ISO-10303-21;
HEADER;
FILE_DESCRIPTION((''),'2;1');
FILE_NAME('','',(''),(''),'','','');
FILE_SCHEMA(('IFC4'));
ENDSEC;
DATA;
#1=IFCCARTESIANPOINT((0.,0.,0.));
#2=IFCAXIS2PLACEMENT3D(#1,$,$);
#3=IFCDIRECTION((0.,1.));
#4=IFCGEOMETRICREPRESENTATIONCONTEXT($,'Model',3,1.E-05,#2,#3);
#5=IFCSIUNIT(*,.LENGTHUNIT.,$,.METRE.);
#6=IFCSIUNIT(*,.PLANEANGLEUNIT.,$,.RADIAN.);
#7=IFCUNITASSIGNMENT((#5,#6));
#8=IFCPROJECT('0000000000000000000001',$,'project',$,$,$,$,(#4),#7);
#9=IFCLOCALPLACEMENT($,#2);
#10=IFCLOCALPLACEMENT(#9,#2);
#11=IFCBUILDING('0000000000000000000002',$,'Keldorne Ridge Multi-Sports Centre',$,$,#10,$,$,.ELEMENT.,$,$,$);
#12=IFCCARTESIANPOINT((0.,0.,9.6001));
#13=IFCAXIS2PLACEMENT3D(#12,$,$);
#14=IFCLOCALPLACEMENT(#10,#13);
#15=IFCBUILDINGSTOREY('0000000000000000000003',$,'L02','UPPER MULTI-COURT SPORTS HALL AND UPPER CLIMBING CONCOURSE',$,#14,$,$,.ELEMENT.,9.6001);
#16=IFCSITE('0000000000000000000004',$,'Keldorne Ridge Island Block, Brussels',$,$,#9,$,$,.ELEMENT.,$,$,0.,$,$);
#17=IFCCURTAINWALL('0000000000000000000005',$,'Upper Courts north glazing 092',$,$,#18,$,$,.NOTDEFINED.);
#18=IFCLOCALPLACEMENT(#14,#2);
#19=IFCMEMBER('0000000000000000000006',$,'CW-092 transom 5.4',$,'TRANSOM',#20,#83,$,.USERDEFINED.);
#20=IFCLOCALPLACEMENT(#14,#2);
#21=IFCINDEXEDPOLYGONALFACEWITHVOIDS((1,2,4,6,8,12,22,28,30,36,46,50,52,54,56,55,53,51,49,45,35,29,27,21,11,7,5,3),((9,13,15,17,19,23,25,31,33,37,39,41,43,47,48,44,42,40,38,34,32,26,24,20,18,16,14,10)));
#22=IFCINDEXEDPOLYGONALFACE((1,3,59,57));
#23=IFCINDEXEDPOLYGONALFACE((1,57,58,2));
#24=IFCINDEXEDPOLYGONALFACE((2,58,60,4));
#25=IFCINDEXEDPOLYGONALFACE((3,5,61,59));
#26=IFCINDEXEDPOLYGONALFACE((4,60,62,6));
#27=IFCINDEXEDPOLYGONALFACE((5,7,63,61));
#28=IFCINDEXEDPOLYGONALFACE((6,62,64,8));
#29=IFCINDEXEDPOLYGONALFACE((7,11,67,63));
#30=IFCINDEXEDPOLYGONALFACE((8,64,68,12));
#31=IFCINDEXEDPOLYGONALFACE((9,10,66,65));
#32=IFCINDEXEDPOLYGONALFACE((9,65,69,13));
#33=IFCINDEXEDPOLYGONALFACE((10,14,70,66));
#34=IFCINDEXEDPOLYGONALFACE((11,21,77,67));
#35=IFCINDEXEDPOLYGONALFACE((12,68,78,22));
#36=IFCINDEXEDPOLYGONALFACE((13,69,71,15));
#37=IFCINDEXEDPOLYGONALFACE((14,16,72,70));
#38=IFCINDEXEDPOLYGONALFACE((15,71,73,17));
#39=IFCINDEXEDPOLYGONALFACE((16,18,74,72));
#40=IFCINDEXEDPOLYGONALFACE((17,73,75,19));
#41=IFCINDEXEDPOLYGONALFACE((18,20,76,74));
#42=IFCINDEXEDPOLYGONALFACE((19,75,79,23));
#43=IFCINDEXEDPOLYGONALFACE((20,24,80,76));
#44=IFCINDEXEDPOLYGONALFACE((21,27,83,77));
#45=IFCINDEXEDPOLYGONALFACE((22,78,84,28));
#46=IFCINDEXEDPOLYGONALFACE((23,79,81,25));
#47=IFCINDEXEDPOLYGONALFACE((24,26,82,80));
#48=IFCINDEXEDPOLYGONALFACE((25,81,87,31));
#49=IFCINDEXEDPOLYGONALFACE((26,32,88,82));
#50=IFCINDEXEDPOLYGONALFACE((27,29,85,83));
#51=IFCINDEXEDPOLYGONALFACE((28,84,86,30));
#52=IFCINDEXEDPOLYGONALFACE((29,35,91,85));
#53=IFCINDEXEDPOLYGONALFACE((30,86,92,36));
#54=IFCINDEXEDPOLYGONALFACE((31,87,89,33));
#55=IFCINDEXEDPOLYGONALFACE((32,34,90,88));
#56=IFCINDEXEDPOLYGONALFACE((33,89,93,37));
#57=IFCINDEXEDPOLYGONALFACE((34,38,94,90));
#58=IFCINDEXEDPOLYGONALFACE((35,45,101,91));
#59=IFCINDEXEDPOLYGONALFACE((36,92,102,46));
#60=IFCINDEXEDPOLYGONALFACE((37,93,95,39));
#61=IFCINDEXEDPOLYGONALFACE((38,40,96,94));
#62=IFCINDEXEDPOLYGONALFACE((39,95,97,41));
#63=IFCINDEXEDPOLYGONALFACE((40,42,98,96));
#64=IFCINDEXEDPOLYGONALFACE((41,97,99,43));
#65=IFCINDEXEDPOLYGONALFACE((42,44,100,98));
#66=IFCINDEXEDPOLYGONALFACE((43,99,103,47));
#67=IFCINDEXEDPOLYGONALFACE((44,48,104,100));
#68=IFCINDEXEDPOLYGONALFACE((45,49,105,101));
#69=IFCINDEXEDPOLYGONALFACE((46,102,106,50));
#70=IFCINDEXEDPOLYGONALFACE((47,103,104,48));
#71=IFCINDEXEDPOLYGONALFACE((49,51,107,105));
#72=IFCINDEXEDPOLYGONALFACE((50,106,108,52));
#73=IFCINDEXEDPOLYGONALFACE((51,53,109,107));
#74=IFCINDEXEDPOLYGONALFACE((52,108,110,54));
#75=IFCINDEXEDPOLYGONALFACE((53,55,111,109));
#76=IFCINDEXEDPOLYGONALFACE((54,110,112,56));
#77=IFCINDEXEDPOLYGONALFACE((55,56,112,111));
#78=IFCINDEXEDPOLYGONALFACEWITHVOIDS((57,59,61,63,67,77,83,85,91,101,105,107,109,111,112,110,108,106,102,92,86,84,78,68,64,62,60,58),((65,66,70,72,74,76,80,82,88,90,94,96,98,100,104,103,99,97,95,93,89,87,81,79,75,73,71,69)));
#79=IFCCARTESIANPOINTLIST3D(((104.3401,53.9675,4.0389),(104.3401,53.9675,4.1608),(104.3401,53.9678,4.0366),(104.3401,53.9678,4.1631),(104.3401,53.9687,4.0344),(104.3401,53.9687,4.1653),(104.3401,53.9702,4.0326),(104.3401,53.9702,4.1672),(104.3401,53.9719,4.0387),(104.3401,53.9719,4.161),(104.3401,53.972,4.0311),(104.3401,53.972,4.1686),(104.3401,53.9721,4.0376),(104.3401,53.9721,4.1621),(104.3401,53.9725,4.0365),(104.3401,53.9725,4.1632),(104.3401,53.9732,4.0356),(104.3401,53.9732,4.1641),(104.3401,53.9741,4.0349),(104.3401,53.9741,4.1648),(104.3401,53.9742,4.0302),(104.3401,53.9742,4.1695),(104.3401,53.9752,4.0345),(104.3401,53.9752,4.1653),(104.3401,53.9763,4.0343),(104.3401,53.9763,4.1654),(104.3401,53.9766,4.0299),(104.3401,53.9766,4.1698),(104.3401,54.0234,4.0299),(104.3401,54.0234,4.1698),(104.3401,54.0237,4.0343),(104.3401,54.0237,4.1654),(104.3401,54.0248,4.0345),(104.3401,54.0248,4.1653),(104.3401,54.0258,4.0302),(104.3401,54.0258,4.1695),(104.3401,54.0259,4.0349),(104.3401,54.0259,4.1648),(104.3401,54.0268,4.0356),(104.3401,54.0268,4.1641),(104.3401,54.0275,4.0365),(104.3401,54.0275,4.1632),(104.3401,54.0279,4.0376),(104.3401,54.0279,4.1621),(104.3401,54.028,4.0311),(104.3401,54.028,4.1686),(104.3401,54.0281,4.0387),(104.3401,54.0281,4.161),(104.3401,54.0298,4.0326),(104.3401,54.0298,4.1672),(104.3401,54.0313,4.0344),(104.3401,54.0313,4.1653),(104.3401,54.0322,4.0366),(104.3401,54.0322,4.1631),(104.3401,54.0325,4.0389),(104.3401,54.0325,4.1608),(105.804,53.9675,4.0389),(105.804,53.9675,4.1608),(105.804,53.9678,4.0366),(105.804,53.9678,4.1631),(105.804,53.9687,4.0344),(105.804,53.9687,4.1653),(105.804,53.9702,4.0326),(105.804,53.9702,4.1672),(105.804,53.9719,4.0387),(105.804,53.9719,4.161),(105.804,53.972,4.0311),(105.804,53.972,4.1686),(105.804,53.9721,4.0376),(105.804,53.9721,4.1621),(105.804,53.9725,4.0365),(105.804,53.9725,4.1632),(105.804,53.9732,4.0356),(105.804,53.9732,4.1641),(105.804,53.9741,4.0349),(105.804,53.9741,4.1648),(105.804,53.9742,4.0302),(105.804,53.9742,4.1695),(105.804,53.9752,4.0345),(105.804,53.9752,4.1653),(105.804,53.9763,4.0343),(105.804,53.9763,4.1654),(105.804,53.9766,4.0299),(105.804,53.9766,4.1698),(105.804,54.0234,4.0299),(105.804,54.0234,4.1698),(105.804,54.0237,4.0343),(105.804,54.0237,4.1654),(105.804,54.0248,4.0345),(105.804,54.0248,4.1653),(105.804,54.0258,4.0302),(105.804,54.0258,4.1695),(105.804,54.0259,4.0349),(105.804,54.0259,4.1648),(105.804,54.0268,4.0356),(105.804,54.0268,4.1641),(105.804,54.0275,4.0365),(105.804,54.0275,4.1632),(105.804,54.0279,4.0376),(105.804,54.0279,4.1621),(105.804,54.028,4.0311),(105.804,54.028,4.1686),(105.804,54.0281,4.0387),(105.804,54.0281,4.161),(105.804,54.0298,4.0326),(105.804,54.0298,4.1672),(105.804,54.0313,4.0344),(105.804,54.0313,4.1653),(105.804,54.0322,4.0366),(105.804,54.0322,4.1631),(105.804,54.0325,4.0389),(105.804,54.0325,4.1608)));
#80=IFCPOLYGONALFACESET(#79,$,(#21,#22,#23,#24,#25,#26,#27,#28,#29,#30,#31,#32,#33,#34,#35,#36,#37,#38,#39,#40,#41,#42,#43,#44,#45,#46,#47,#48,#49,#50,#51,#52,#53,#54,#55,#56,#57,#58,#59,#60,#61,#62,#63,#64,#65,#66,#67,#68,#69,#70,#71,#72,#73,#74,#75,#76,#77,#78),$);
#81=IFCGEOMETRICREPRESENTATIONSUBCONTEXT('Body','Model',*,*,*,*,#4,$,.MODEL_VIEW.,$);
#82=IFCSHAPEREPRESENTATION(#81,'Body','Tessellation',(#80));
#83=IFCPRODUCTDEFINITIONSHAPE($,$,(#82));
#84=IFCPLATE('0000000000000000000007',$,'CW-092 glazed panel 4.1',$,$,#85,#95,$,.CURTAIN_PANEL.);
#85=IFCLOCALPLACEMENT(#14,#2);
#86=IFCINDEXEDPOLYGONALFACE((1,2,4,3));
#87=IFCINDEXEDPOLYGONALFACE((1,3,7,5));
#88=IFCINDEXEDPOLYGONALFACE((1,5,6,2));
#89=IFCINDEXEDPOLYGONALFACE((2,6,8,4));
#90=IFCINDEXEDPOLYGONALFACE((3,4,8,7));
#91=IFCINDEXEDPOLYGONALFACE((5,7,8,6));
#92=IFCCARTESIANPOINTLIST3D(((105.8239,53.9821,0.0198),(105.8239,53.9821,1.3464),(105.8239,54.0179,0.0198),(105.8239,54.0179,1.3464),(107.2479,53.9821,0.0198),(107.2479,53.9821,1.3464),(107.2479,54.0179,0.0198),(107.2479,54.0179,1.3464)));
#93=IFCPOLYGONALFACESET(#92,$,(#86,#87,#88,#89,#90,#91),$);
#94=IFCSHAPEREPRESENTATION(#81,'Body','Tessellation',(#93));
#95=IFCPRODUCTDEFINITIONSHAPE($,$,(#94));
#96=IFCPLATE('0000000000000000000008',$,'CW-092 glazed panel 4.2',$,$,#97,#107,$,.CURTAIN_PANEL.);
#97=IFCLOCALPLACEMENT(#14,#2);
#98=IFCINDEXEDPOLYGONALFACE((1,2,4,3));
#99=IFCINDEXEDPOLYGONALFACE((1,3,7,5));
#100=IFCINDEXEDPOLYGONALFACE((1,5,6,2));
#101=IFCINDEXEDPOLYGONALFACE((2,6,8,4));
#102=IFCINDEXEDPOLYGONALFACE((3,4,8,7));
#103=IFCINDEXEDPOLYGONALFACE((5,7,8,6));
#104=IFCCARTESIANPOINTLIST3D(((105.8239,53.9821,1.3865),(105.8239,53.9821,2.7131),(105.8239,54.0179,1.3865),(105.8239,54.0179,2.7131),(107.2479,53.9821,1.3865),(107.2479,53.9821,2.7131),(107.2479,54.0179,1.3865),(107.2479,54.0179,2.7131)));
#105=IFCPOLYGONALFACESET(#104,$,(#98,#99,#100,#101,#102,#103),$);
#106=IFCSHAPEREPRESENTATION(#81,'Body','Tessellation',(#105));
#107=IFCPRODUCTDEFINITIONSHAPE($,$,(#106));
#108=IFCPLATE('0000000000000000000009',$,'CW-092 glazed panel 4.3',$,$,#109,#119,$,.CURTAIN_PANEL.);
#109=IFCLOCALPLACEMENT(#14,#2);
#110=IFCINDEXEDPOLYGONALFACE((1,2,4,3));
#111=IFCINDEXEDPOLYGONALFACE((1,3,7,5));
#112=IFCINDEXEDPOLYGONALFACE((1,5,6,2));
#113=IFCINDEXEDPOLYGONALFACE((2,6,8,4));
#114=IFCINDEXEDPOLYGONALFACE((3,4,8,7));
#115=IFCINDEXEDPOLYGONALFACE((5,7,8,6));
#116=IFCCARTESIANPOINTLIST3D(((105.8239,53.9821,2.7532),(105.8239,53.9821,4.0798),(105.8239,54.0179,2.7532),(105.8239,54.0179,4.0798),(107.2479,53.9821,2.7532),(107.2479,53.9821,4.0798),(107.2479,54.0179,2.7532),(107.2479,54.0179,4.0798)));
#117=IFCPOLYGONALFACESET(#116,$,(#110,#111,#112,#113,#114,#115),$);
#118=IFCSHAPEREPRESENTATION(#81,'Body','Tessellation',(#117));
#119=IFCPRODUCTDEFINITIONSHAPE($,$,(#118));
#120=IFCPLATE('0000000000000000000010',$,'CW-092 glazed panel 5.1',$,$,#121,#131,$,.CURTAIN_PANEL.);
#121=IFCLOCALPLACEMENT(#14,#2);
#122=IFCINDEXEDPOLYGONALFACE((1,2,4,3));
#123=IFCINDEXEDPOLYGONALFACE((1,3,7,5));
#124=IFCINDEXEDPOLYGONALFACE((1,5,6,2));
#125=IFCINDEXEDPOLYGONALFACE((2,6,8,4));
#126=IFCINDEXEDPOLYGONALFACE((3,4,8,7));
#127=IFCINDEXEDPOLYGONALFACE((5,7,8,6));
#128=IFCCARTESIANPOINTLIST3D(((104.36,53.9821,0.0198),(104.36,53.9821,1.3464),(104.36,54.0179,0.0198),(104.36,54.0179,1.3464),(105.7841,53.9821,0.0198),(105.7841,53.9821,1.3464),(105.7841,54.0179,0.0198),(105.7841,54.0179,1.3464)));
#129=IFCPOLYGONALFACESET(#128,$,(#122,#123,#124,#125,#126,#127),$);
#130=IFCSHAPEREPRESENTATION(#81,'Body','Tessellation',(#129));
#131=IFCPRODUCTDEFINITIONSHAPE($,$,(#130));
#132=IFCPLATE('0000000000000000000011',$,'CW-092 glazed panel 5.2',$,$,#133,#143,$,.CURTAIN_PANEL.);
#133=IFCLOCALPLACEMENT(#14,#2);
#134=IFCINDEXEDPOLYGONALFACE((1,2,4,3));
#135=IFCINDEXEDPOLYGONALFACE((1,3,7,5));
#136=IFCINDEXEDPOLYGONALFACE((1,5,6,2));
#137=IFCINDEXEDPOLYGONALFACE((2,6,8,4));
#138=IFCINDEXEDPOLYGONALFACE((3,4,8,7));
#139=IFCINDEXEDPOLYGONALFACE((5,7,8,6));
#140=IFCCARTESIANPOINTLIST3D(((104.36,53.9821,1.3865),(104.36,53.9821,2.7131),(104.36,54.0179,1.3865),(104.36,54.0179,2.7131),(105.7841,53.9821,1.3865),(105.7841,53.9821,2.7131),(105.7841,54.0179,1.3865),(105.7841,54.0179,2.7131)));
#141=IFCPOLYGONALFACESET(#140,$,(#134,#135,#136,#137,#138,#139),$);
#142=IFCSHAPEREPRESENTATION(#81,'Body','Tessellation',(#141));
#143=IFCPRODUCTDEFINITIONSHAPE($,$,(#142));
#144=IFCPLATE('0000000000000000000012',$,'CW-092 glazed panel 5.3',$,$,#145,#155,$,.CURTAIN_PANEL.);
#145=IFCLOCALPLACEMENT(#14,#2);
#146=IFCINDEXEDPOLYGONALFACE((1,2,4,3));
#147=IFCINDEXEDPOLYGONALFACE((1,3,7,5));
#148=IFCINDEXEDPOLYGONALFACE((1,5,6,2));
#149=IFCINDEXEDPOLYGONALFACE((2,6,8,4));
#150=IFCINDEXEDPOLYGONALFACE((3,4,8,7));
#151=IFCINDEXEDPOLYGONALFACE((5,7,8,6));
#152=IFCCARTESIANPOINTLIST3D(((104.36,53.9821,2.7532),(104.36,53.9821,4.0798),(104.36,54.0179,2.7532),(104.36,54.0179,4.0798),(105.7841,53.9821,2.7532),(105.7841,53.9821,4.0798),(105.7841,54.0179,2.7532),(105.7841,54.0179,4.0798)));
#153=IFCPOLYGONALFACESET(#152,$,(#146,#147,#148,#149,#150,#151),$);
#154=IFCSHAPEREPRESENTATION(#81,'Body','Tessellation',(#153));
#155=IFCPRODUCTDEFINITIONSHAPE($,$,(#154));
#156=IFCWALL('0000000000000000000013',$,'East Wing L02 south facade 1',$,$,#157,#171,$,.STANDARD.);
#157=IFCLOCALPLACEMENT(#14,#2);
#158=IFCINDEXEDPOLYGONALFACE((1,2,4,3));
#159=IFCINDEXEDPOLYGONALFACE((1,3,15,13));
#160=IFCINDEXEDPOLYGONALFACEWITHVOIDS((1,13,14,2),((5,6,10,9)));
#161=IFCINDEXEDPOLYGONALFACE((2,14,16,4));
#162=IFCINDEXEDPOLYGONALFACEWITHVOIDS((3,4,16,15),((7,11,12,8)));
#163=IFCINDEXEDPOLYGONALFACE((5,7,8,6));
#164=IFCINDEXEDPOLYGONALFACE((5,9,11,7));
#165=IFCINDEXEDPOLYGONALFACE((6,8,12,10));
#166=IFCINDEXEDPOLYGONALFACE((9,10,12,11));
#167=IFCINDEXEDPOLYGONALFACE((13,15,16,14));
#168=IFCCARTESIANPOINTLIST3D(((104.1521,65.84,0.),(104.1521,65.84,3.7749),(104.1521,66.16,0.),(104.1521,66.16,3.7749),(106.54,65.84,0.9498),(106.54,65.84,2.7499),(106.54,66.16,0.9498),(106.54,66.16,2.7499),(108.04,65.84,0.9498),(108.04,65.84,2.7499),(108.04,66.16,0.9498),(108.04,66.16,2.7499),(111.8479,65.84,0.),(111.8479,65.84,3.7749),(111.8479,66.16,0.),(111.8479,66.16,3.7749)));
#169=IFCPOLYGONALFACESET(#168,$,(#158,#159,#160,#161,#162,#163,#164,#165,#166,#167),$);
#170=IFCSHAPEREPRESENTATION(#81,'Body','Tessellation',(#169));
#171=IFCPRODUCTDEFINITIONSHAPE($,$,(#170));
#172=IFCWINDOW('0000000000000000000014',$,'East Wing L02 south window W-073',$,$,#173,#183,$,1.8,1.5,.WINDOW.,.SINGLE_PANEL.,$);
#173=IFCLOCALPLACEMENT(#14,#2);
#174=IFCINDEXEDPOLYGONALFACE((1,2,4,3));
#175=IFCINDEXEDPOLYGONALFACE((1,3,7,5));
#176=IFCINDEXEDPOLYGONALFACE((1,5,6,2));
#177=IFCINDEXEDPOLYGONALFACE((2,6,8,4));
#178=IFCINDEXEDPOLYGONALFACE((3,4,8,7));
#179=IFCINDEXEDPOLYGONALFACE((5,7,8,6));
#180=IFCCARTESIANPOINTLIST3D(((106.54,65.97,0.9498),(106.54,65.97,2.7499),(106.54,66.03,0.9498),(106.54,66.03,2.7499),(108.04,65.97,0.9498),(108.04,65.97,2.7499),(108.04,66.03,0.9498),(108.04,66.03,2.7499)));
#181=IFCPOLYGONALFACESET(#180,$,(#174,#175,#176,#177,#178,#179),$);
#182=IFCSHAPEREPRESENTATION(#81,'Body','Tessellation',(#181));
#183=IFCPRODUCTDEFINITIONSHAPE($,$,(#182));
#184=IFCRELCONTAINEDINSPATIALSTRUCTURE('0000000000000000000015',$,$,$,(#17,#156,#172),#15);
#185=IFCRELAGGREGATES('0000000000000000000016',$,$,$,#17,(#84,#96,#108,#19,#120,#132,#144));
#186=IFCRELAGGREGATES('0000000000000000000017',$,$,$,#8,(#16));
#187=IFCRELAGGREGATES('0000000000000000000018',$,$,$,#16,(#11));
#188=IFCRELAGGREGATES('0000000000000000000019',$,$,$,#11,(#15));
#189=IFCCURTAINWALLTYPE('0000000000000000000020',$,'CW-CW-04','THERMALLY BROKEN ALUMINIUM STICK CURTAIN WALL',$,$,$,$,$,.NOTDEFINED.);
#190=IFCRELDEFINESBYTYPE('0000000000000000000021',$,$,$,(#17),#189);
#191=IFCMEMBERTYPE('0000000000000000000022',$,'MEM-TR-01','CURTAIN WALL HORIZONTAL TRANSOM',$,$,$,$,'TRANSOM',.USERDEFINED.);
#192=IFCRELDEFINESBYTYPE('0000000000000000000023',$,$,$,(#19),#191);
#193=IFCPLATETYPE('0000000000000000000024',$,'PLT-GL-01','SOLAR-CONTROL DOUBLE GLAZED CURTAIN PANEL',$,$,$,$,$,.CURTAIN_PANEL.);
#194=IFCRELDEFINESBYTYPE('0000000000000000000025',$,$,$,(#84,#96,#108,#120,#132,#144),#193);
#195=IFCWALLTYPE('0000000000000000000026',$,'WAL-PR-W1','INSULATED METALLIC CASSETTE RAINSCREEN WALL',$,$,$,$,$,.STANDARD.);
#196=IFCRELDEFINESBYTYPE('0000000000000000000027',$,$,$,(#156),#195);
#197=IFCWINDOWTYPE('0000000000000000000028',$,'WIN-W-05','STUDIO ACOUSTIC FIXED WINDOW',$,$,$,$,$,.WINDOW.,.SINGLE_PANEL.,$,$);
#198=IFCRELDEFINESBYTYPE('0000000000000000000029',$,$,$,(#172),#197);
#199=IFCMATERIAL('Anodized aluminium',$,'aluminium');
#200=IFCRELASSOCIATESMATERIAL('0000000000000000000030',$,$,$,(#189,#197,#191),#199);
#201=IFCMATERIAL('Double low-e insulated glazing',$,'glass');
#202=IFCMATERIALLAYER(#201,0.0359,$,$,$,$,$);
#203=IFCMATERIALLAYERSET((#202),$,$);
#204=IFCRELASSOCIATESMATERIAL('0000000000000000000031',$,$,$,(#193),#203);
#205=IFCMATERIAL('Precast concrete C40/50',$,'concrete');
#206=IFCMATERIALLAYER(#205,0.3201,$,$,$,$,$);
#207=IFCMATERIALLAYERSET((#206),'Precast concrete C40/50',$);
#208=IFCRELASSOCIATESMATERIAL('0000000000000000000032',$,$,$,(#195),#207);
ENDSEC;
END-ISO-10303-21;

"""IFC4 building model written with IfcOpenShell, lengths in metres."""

from ifc_helpers import new_model, si_unit, direction, frame, frame_2d, origin, origin_2d, place, context, subcontext, project, spatial, rectangle, hollow_rectangle, extrude, material, layer, layer_set, material_profile, profile_set, type_object, element, fill, aggregate, save


model = new_model("IFC4")

# Units and contexts
model_context = context("Model", 3, precision=1e-05, world=origin(), true_north=direction((0.0, 1.0)))
body_context = subcontext(model_context, "Body", "Model", "MODEL_VIEW")
ifc_project = project(units=[si_unit("LENGTHUNIT", "METRE"), si_unit("PLANEANGLEUNIT", "RADIAN")], contexts=[model_context])

# Site, building, storey
site_placement = place(None, origin())
site = spatial("IfcSite", under=ifc_project, at=site_placement, Name="Keldorne Ridge Island Block, Brussels", CompositionType="ELEMENT", RefElevation=0.0)
building_placement = place(site_placement, origin())
building = spatial("IfcBuilding", under=site, at=building_placement, Name="Keldorne Ridge Multi-Sports Centre", CompositionType="ELEMENT")
storey_placement = place(building_placement, frame((0.0, 0.0, 9.6001)))
storey = spatial("IfcBuildingStorey", under=building, at=storey_placement, Name="L02", Description="UPPER MULTI-COURT SPORTS HALL AND UPPER CLIMBING CONCOURSE", CompositionType="ELEMENT", Elevation=9.6001)

# Curtain wall, member, plates
ifc_material_1 = material(Name="Anodized aluminium", Category="aluminium")
curtain_wall_type = type_object("IfcCurtainWallType", Name="CW-CW-04", Description="THERMALLY BROKEN ALUMINIUM STICK CURTAIN WALL", PredefinedType="NOTDEFINED", material=ifc_material_1)
curtain_wall_placement = place(storey_placement, origin())
curtain_wall = element("IfcCurtainWall", 1, at=curtain_wall_placement, inside=storey, type_object=curtain_wall_type, Name="Upper Courts north glazing 092", PredefinedType="NOTDEFINED")
ifc_material_profile_1 = material_profile(ifc_material_1, hollow_rectangle(XDim=0.0649, YDim=0.1399, WallThickness=0.0044, InnerFilletRadius=0.0044, OuterFilletRadius=0.009, at=origin_2d()), Name="ALU TRANSOM 140x65x4.5")
ifc_profile_set_1 = profile_set([ifc_material_profile_1], Name="Anodized aluminium")
member_type_1 = type_object("IfcMemberType", Name="MEM-TR-01", Description="CURTAIN WALL HORIZONTAL TRANSOM", ElementType="TRANSOM", PredefinedType="USERDEFINED", material=ifc_profile_set_1)
member_1_placement = place(storey_placement, frame((105.804, 54.0, 4.0999), z_axis=(-1.0, 0.0, 0.0), x_axis=(0.0, -1.0, 0.0)))
member_1 = element("IfcMember", 2, at=member_1_placement, type_object=member_type_1, Name="CW-092 transom 5.4", ObjectType="TRANSOM", PredefinedType="USERDEFINED", context=body_context, shape_type="SweptSolid", body=[
    extrude(hollow_rectangle(XDim=0.0649, YDim=0.1399, WallThickness=0.0044, InnerFilletRadius=0.0044, OuterFilletRadius=0.009, at=origin_2d()), origin(), (0.0, 0.0, 1.0), 1.4639),
])
ifc_material_2 = material(Name="Double low-e insulated glazing", Category="glass")
ifc_layer_1 = layer(ifc_material_2, 0.0359)
ifc_layer_set_1 = layer_set([ifc_layer_1])
plate_type = type_object("IfcPlateType", Name="PLT-GL-01", Description="SOLAR-CONTROL DOUBLE GLAZED CURTAIN PANEL", PredefinedType="CURTAIN_PANEL", material=ifc_layer_set_1)
plate_1_placement = place(storey_placement, frame((106.5359, 54.0, 0.0198), z_axis=(0.0, 0.0, 1.0), x_axis=(-1.0, 0.0, 0.0)))
plate_1 = element("IfcPlate", 3, at=plate_1_placement, type_object=plate_type, Name="CW-092 glazed panel 4.1", PredefinedType="CURTAIN_PANEL", context=body_context, shape_type="SweptSolid", body=[
    extrude(rectangle(XDim=1.4241, YDim=0.0359, at=origin_2d()), origin(), (0.0, 0.0, 1.0), 1.3267),
])
plate_2_placement = place(storey_placement, frame((106.5359, 54.0, 1.3865), z_axis=(0.0, 0.0, 1.0), x_axis=(-1.0, 0.0, 0.0)))
plate_2 = element("IfcPlate", 4, at=plate_2_placement, type_object=plate_type, Name="CW-092 glazed panel 4.2", PredefinedType="CURTAIN_PANEL", context=body_context, shape_type="SweptSolid", body=[
    extrude(rectangle(XDim=1.4241, YDim=0.0359, at=origin_2d()), origin(), (0.0, 0.0, 1.0), 1.3267),
])
plate_3_placement = place(storey_placement, frame((106.5359, 54.0, 2.7532), z_axis=(0.0, 0.0, 1.0), x_axis=(-1.0, 0.0, 0.0)))
plate_3 = element("IfcPlate", 5, at=plate_3_placement, type_object=plate_type, Name="CW-092 glazed panel 4.3", PredefinedType="CURTAIN_PANEL", context=body_context, shape_type="SweptSolid", body=[
    extrude(rectangle(XDim=1.4241, YDim=0.0359, at=origin_2d()), origin(), (0.0, 0.0, 1.0), 1.3267),
])
plate_4_placement = place(storey_placement, frame((105.072, 54.0, 0.0198), z_axis=(0.0, 0.0, 1.0), x_axis=(-1.0, 0.0, 0.0)))
plate_4 = element("IfcPlate", 6, at=plate_4_placement, type_object=plate_type, Name="CW-092 glazed panel 5.1", PredefinedType="CURTAIN_PANEL", context=body_context, shape_type="SweptSolid", body=[
    extrude(rectangle(XDim=1.4241, YDim=0.0359, at=origin_2d()), origin(), (0.0, 0.0, 1.0), 1.3267),
])
plate_5_placement = place(storey_placement, frame((105.072, 54.0, 1.3865), z_axis=(0.0, 0.0, 1.0), x_axis=(-1.0, 0.0, 0.0)))
plate_5 = element("IfcPlate", 7, at=plate_5_placement, type_object=plate_type, Name="CW-092 glazed panel 5.2", PredefinedType="CURTAIN_PANEL", context=body_context, shape_type="SweptSolid", body=[
    extrude(rectangle(XDim=1.4241, YDim=0.0359, at=origin_2d()), origin(), (0.0, 0.0, 1.0), 1.3267),
])
plate_6_placement = place(storey_placement, frame((105.072, 54.0, 2.7532), z_axis=(0.0, 0.0, 1.0), x_axis=(-1.0, 0.0, 0.0)))
plate_6 = element("IfcPlate", 8, at=plate_6_placement, type_object=plate_type, Name="CW-092 glazed panel 5.3", PredefinedType="CURTAIN_PANEL", context=body_context, shape_type="SweptSolid", body=[
    extrude(rectangle(XDim=1.4241, YDim=0.0359, at=origin_2d()), origin(), (0.0, 0.0, 1.0), 1.3267),
])
aggregate(curtain_wall, [plate_1, plate_2, plate_3, member_1, plate_4, plate_5, plate_6])

# Wall, opening, window
ifc_material_3 = material(Name="Precast concrete C40/50", Category="concrete")
ifc_layer_2 = layer(ifc_material_3, 0.3201)
ifc_layer_set_2 = layer_set([ifc_layer_2], Name="Precast concrete C40/50")
wall_type_1 = type_object("IfcWallType", Name="WAL-PR-W1", Description="INSULATED METALLIC CASSETTE RAINSCREEN WALL", PredefinedType="STANDARD", material=ifc_layer_set_2)
wall_1_placement = place(storey_placement, frame((104.1521, 66.0, 0.0), z_axis=(0.0, 0.0, 1.0), x_axis=(1.0, 0.0, 0.0)))
wall_1 = element("IfcWall", 9, at=wall_1_placement, inside=storey, type_object=wall_type_1, Name="East Wing L02 south facade 1", PredefinedType="STANDARD", context=body_context, shape_type="SweptSolid", body=[
    extrude(rectangle(XDim=7.6958, YDim=0.3201, at=frame_2d((3.8479, 0.0))), origin(), (0.0, 0.0, 1.0), 3.7749),
])
opening_placement = place(wall_1_placement, frame((2.3879, 0.0, 0.95)))
opening = element("IfcOpeningElement", 10, at=opening_placement, cuts=wall_1, PredefinedType="OPENING", context=body_context, shape_type="SweptSolid", body=[
    extrude(rectangle(XDim=1.5, YDim=1.8, at=frame_2d((0.75, 0.8999))), frame((0.0, 0.1699, 0.0), z_axis=(0.0, -1.0, 0.0), x_axis=(1.0, 0.0, 0.0)), (0.0, 0.0, 1.0), 0.3401),
])
window_type = type_object("IfcWindowType", Name="WIN-W-05", Description="STUDIO ACOUSTIC FIXED WINDOW", PartitioningType="SINGLE_PANEL", PredefinedType="WINDOW", material=ifc_material_1)
window_placement = place(opening_placement, origin())
window = element("IfcWindow", 11, at=window_placement, inside=storey, type_object=window_type, Name="East Wing L02 south window W-073", OverallHeight=1.8, OverallWidth=1.5, PartitioningType="SINGLE_PANEL", PredefinedType="WINDOW", context=body_context, shape_type="SweptSolid", body=[
    extrude(rectangle(XDim=1.5, YDim=1.8, at=frame_2d((0.75, 0.8999))), frame((0.0, 0.03, 0.0), z_axis=(0.0, -1.0, 0.0), x_axis=(1.0, 0.0, 0.0)), (0.0, 0.0, 1.0), 0.0601),
])
fill(opening, window)

save(model, "model.ifc")
